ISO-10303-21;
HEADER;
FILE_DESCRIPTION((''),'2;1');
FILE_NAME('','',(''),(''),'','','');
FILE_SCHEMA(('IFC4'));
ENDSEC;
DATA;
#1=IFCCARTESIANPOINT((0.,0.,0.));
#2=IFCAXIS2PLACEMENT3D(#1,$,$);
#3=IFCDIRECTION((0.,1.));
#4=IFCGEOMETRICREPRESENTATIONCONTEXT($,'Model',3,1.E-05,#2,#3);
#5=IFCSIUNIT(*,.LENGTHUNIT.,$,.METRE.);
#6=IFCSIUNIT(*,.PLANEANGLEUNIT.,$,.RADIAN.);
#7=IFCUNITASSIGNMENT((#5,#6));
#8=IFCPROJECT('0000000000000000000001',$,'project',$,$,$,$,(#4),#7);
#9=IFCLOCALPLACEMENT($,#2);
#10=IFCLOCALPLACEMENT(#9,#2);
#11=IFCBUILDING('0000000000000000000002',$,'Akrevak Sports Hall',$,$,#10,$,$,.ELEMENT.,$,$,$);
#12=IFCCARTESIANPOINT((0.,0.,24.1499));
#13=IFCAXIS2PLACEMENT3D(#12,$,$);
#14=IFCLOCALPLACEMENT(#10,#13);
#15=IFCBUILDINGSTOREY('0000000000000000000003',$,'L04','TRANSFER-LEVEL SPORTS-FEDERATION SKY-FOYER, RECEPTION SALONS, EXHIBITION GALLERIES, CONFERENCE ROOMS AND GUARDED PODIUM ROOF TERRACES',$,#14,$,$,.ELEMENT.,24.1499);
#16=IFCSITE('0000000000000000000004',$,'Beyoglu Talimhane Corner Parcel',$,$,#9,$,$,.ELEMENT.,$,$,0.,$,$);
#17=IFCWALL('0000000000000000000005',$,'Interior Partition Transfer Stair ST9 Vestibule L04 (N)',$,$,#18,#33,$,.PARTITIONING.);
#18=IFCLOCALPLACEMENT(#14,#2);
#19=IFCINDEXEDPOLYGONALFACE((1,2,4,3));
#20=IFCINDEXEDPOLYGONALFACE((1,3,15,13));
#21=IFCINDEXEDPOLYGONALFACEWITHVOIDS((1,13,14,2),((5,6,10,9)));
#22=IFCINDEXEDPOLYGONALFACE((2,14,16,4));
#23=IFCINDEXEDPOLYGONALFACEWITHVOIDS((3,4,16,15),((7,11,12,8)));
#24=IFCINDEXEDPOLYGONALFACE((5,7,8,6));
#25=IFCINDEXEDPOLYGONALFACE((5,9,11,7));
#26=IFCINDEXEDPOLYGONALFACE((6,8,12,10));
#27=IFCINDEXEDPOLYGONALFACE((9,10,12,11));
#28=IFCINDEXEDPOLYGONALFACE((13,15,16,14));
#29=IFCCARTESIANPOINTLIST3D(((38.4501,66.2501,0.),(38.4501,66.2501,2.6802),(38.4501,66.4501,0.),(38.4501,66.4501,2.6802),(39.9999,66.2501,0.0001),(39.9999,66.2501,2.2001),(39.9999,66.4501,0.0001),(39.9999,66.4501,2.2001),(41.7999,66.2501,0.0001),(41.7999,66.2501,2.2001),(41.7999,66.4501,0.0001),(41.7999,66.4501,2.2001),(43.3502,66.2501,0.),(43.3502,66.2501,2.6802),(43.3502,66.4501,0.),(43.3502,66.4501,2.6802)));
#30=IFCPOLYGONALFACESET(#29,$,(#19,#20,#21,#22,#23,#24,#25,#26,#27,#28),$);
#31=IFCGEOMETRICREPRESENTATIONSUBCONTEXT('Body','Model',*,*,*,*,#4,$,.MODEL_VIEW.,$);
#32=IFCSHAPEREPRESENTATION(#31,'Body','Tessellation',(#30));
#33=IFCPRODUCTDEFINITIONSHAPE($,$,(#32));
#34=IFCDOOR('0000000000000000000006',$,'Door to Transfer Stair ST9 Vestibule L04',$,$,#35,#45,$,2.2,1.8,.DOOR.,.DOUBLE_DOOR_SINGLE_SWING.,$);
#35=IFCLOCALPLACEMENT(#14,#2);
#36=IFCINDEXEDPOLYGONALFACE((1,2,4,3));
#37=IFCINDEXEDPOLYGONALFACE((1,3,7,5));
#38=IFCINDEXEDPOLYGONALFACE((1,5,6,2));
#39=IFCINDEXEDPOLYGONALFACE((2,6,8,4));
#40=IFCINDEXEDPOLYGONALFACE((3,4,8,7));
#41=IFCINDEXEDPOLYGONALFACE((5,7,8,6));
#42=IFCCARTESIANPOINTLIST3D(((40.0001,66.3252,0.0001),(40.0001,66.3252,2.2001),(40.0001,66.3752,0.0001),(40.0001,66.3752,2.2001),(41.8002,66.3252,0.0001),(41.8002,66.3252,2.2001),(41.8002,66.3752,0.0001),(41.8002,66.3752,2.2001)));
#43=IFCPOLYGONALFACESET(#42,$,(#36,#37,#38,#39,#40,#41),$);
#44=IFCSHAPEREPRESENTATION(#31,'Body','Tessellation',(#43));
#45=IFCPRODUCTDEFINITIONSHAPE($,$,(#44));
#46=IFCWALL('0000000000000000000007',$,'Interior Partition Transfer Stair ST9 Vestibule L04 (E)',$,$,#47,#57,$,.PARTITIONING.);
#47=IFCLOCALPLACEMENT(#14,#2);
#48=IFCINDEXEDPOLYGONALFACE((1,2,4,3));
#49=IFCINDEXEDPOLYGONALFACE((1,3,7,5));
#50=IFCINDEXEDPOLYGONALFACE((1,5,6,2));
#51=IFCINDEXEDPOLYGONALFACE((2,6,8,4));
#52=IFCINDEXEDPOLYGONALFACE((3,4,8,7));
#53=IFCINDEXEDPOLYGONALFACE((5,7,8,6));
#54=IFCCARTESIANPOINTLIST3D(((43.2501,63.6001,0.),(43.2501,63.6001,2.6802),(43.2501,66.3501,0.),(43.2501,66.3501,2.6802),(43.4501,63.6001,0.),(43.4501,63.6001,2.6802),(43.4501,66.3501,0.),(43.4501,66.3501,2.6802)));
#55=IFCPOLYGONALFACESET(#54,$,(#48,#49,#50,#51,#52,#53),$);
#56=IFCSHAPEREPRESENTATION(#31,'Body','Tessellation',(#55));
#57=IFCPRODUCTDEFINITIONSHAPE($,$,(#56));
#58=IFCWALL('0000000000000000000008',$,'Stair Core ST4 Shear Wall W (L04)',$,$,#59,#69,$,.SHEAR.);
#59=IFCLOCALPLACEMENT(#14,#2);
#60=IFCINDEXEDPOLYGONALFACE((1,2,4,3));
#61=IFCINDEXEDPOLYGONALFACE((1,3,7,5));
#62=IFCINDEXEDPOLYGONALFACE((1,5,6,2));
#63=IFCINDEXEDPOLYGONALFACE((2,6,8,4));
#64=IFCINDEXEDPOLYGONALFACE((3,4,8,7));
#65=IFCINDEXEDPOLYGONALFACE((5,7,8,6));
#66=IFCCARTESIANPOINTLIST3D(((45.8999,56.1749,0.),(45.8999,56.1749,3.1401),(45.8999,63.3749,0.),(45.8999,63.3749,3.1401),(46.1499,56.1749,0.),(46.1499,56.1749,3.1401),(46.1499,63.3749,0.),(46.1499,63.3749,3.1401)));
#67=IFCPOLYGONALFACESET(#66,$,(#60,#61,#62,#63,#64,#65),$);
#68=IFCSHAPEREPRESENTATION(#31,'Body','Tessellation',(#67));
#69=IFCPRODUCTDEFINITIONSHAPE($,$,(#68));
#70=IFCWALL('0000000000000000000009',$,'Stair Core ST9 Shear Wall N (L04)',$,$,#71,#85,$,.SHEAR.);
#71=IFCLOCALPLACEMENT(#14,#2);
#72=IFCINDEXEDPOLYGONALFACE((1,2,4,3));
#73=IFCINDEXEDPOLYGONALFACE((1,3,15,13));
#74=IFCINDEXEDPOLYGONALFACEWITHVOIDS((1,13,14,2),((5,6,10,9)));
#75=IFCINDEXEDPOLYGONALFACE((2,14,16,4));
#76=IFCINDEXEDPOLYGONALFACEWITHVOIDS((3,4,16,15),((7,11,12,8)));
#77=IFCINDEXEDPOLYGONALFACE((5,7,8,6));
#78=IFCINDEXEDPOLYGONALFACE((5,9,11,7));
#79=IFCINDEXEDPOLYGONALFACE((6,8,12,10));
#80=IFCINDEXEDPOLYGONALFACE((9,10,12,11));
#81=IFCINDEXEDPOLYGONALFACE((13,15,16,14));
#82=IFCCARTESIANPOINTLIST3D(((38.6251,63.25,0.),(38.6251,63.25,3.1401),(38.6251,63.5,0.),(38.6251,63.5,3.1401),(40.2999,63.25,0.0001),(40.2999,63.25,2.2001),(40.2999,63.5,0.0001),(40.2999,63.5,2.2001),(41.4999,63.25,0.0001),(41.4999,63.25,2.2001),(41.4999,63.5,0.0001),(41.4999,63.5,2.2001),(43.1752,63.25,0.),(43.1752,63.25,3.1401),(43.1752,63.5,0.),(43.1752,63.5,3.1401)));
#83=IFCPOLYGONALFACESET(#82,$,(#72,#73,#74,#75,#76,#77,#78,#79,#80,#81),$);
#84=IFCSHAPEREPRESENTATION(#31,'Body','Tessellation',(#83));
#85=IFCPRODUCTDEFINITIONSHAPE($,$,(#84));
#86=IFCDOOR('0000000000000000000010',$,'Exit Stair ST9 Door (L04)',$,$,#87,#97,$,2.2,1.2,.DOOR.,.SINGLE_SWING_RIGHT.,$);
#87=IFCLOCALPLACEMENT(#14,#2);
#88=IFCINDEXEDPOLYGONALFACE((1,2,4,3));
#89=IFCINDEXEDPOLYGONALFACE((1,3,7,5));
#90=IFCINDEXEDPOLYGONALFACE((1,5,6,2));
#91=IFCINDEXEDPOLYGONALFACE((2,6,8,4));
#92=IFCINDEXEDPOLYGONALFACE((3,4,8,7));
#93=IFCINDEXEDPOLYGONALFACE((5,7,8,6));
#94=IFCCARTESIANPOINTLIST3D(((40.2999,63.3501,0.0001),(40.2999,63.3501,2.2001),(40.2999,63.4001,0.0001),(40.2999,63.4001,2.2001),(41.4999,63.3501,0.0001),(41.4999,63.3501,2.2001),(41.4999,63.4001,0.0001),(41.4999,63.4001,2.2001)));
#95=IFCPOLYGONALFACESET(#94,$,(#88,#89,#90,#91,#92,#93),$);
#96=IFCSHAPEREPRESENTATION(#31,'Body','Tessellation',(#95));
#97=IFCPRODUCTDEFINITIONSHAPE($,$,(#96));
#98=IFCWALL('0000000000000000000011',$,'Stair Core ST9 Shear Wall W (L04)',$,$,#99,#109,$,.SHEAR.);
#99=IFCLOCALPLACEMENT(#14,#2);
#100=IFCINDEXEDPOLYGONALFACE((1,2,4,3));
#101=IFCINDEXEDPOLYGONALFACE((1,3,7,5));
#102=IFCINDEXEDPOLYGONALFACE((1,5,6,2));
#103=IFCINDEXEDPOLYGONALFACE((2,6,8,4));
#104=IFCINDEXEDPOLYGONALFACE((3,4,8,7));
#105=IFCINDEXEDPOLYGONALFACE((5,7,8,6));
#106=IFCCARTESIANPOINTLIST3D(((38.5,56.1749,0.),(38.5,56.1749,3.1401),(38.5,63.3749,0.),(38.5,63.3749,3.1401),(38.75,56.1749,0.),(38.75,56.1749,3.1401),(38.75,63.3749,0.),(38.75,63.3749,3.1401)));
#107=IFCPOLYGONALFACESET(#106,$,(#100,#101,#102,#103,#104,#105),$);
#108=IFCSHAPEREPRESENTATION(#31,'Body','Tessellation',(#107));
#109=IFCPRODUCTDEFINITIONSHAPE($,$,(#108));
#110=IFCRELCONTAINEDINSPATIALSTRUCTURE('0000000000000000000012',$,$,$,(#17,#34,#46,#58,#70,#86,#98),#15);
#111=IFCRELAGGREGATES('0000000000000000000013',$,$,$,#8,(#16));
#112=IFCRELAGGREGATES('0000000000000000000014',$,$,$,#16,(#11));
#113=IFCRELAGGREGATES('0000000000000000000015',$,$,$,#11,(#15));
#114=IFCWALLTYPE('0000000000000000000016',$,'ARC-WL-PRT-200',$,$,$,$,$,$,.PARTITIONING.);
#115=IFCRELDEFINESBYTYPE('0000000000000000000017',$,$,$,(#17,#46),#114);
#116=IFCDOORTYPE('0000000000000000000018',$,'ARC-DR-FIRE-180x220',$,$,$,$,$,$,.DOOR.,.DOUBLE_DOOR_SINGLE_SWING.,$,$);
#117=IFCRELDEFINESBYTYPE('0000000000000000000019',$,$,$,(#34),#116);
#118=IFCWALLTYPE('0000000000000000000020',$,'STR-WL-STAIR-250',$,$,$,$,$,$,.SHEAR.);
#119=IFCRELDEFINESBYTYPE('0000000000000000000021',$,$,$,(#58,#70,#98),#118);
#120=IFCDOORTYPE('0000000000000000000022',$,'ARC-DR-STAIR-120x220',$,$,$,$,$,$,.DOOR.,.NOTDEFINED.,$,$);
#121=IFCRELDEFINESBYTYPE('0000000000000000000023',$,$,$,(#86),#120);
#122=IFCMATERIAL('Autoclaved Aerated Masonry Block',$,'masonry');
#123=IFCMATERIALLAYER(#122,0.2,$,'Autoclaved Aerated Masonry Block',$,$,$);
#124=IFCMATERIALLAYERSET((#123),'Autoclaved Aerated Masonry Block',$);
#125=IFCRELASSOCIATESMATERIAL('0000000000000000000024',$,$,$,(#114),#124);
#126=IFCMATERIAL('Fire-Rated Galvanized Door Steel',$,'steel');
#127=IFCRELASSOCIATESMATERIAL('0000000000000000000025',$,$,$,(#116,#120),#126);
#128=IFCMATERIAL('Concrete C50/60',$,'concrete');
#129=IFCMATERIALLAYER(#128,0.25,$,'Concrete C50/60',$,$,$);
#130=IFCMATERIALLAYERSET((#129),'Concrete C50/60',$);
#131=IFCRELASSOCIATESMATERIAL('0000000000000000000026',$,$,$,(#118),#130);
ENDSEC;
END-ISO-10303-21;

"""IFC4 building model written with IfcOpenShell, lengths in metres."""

from ifc_helpers import new_model, si_unit, direction, frame, frame_2d, origin, place, context, subcontext, project, spatial, rectangle, extrude, material, layer, layer_set, type_object, element, fill, save


model = new_model("IFC4")

# Units and contexts
model_context = context("Model", 3, precision=1e-05, world=origin(), true_north=direction((0.0, 1.0)))
body_context = subcontext(model_context, "Body", "Model", "MODEL_VIEW")
ifc_project = project(units=[si_unit("LENGTHUNIT", "METRE"), si_unit("PLANEANGLEUNIT", "RADIAN")], contexts=[model_context])

# Site, building, storey
site_placement = place(None, origin())
site = spatial("IfcSite", under=ifc_project, at=site_placement, Name="Beyoglu Talimhane Corner Parcel", CompositionType="ELEMENT", RefElevation=0.0)
building_placement = place(site_placement, origin())
building = spatial("IfcBuilding", under=site, at=building_placement, Name="Akrevak Sports Hall", CompositionType="ELEMENT")
storey_placement = place(building_placement, frame((0.0, 0.0, 24.1499)))
storey = spatial("IfcBuildingStorey", under=building, at=storey_placement, Name="L04", Description="TRANSFER-LEVEL SPORTS-FEDERATION SKY-FOYER, RECEPTION SALONS, EXHIBITION GALLERIES, CONFERENCE ROOMS AND GUARDED PODIUM ROOF TERRACES", CompositionType="ELEMENT", Elevation=24.1499)

# Shared definitions
ifc_material_1 = material(Name="Concrete C50/60", Category="concrete")

# Shared definitions
ifc_material_2 = material(Name="Autoclaved Aerated Masonry Block", Category="masonry")
ifc_layer_1 = layer(ifc_material_2, 0.2, Name="Autoclaved Aerated Masonry Block")
ifc_layer_set_1 = layer_set([ifc_layer_1], Name="Autoclaved Aerated Masonry Block")
wall_type_1 = type_object("IfcWallType", Name="ARC-WL-PRT-200", PredefinedType="PARTITIONING", material=ifc_layer_set_1)
ifc_material_3 = material(Name="Fire-Rated Galvanized Door Steel", Category="steel")
door_type_1 = type_object("IfcDoorType", Name="ARC-DR-FIRE-180x220", OperationType="DOUBLE_DOOR_SINGLE_SWING", PredefinedType="DOOR", material=ifc_material_3)

# Wall, opening, door
wall_1_placement = place(storey_placement, frame((38.45, 66.3501, 0.0), z_axis=(0.0, 0.0, 1.0), x_axis=(1.0, 0.0, 0.0)))
wall_1 = element("IfcWall", 1, at=wall_1_placement, inside=storey, type_object=wall_type_1, Name="Interior Partition Transfer Stair ST9 Vestibule L04 (N)", PredefinedType="PARTITIONING", context=body_context, shape_type="SweptSolid", body=[
    extrude(rectangle(XDim=4.9001, YDim=0.2, at=frame_2d((2.4502, 0.0))), origin(), (0.0, 0.0, 1.0), 2.6802),
])
opening_1_placement = place(wall_1_placement, frame((1.55, 0.0, 0.0)))
opening_1 = element("IfcOpeningElement", 2, at=opening_1_placement, cuts=wall_1, PredefinedType="OPENING", context=body_context, shape_type="SweptSolid", body=[
    extrude(rectangle(XDim=1.8, YDim=2.2, at=frame_2d((0.8999, 1.1001))), frame((0.0, 0.1118, 0.0), z_axis=(0.0, -1.0, 0.0), x_axis=(1.0, 0.0, 0.0)), (0.0, 0.0, 1.0), 0.2239),
])
door_1_placement = place(opening_1_placement, frame((1.8, 0.0, 0.0), z_axis=(0.0, 0.0, 1.0), x_axis=(-1.0, 0.0, 0.0)))
door_1 = element("IfcDoor", 3, at=door_1_placement, inside=storey, type_object=door_type_1, Name="Door to Transfer Stair ST9 Vestibule L04", OperationType="DOUBLE_DOOR_SINGLE_SWING", OverallHeight=2.2, OverallWidth=1.8, PredefinedType="DOOR", context=body_context, shape_type="SweptSolid", body=[
    extrude(rectangle(XDim=1.8, YDim=2.2, at=frame_2d((0.8999, 1.1001))), frame((0.0, 0.0249, 0.0), z_axis=(0.0, -1.0, 0.0), x_axis=(1.0, 0.0, 0.0)), (0.0, 0.0, 1.0), 0.05),
])
fill(opening_1, door_1)

# Walls
wall_2_placement = place(storey_placement, frame((43.3501, 63.6001, 0.0), z_axis=(0.0, 0.0, 1.0), x_axis=(0.0, 1.0, 0.0)))
element("IfcWall", 4, at=wall_2_placement, inside=storey, type_object=wall_type_1, Name="Interior Partition Transfer Stair ST9 Vestibule L04 (E)", PredefinedType="PARTITIONING", context=body_context, shape_type="SweptSolid", body=[
    extrude(rectangle(XDim=2.75, YDim=0.2, at=frame_2d((1.375, 0.0))), origin(), (0.0, 0.0, 1.0), 2.6802),
])
ifc_layer_2 = layer(ifc_material_1, 0.25, Name="Concrete C50/60")
ifc_layer_set_2 = layer_set([ifc_layer_2], Name="Concrete C50/60")
wall_type_2 = type_object("IfcWallType", Name="STR-WL-STAIR-250", PredefinedType="SHEAR", material=ifc_layer_set_2)
wall_3_placement = place(storey_placement, frame((46.0249, 63.375, 0.0), z_axis=(0.0, 0.0, 1.0), x_axis=(0.0, -1.0, 0.0)))
element("IfcWall", 5, at=wall_3_placement, inside=storey, type_object=wall_type_2, Name="Stair Core ST4 Shear Wall W (L04)", PredefinedType="SHEAR", context=body_context, shape_type="SweptSolid", body=[
    extrude(rectangle(XDim=7.2, YDim=0.25, at=frame_2d((3.6001, 0.0))), origin(), (0.0, 0.0, 1.0), 3.1401),
])

# Wall, opening, door
wall_4_placement = place(storey_placement, frame((43.175, 63.375, 0.0), z_axis=(0.0, 0.0, 1.0), x_axis=(-1.0, 0.0, 0.0)))
wall_4 = element("IfcWall", 6, at=wall_4_placement, inside=storey, type_object=wall_type_2, Name="Stair Core ST9 Shear Wall N (L04)", PredefinedType="SHEAR", context=body_context, shape_type="SweptSolid", body=[
    extrude(rectangle(XDim=4.55, YDim=0.25, at=frame_2d((2.2749, 0.0))), origin(), (0.0, 0.0, 1.0), 3.1401),
])
opening_2_placement = place(wall_4_placement, frame((1.675, 0.0, 0.0)))
opening_2 = element("IfcOpeningElement", 7, at=opening_2_placement, cuts=wall_4, PredefinedType="OPENING", context=body_context, shape_type="SweptSolid", body=[
    extrude(rectangle(XDim=1.2, YDim=2.2, at=frame_2d((0.6001, 1.1001))), frame((0.0, 0.137, 0.0), z_axis=(0.0, -1.0, 0.0), x_axis=(1.0, 0.0, 0.0)), (0.0, 0.0, 1.0), 0.2739),
])
door_type_2 = type_object("IfcDoorType", Name="ARC-DR-STAIR-120x220", OperationType="NOTDEFINED", PredefinedType="DOOR", material=ifc_material_3)
door_2_placement = place(opening_2_placement, origin())
door_2 = element("IfcDoor", 8, at=door_2_placement, inside=storey, type_object=door_type_2, Name="Exit Stair ST9 Door (L04)", OperationType="SINGLE_SWING_RIGHT", OverallHeight=2.2, OverallWidth=1.2, PredefinedType="DOOR", context=body_context, shape_type="SweptSolid", body=[
    extrude(rectangle(XDim=1.2, YDim=2.2, at=frame_2d((0.6001, 1.1001))), frame((0.0, 0.0249, 0.0), z_axis=(0.0, -1.0, 0.0), x_axis=(1.0, 0.0, 0.0)), (0.0, 0.0, 1.0), 0.05),
])
fill(opening_2, door_2)

# Wall
wall_5_placement = place(storey_placement, frame((38.625, 63.375, 0.0), z_axis=(0.0, 0.0, 1.0), x_axis=(0.0, -1.0, 0.0)))
element("IfcWall", 9, at=wall_5_placement, inside=storey, type_object=wall_type_2, Name="Stair Core ST9 Shear Wall W (L04)", PredefinedType="SHEAR", context=body_context, shape_type="SweptSolid", body=[
    extrude(rectangle(XDim=7.2, YDim=0.25, at=frame_2d((3.6001, 0.0))), origin(), (0.0, 0.0, 1.0), 3.1401),
])

save(model, "model.ifc")
